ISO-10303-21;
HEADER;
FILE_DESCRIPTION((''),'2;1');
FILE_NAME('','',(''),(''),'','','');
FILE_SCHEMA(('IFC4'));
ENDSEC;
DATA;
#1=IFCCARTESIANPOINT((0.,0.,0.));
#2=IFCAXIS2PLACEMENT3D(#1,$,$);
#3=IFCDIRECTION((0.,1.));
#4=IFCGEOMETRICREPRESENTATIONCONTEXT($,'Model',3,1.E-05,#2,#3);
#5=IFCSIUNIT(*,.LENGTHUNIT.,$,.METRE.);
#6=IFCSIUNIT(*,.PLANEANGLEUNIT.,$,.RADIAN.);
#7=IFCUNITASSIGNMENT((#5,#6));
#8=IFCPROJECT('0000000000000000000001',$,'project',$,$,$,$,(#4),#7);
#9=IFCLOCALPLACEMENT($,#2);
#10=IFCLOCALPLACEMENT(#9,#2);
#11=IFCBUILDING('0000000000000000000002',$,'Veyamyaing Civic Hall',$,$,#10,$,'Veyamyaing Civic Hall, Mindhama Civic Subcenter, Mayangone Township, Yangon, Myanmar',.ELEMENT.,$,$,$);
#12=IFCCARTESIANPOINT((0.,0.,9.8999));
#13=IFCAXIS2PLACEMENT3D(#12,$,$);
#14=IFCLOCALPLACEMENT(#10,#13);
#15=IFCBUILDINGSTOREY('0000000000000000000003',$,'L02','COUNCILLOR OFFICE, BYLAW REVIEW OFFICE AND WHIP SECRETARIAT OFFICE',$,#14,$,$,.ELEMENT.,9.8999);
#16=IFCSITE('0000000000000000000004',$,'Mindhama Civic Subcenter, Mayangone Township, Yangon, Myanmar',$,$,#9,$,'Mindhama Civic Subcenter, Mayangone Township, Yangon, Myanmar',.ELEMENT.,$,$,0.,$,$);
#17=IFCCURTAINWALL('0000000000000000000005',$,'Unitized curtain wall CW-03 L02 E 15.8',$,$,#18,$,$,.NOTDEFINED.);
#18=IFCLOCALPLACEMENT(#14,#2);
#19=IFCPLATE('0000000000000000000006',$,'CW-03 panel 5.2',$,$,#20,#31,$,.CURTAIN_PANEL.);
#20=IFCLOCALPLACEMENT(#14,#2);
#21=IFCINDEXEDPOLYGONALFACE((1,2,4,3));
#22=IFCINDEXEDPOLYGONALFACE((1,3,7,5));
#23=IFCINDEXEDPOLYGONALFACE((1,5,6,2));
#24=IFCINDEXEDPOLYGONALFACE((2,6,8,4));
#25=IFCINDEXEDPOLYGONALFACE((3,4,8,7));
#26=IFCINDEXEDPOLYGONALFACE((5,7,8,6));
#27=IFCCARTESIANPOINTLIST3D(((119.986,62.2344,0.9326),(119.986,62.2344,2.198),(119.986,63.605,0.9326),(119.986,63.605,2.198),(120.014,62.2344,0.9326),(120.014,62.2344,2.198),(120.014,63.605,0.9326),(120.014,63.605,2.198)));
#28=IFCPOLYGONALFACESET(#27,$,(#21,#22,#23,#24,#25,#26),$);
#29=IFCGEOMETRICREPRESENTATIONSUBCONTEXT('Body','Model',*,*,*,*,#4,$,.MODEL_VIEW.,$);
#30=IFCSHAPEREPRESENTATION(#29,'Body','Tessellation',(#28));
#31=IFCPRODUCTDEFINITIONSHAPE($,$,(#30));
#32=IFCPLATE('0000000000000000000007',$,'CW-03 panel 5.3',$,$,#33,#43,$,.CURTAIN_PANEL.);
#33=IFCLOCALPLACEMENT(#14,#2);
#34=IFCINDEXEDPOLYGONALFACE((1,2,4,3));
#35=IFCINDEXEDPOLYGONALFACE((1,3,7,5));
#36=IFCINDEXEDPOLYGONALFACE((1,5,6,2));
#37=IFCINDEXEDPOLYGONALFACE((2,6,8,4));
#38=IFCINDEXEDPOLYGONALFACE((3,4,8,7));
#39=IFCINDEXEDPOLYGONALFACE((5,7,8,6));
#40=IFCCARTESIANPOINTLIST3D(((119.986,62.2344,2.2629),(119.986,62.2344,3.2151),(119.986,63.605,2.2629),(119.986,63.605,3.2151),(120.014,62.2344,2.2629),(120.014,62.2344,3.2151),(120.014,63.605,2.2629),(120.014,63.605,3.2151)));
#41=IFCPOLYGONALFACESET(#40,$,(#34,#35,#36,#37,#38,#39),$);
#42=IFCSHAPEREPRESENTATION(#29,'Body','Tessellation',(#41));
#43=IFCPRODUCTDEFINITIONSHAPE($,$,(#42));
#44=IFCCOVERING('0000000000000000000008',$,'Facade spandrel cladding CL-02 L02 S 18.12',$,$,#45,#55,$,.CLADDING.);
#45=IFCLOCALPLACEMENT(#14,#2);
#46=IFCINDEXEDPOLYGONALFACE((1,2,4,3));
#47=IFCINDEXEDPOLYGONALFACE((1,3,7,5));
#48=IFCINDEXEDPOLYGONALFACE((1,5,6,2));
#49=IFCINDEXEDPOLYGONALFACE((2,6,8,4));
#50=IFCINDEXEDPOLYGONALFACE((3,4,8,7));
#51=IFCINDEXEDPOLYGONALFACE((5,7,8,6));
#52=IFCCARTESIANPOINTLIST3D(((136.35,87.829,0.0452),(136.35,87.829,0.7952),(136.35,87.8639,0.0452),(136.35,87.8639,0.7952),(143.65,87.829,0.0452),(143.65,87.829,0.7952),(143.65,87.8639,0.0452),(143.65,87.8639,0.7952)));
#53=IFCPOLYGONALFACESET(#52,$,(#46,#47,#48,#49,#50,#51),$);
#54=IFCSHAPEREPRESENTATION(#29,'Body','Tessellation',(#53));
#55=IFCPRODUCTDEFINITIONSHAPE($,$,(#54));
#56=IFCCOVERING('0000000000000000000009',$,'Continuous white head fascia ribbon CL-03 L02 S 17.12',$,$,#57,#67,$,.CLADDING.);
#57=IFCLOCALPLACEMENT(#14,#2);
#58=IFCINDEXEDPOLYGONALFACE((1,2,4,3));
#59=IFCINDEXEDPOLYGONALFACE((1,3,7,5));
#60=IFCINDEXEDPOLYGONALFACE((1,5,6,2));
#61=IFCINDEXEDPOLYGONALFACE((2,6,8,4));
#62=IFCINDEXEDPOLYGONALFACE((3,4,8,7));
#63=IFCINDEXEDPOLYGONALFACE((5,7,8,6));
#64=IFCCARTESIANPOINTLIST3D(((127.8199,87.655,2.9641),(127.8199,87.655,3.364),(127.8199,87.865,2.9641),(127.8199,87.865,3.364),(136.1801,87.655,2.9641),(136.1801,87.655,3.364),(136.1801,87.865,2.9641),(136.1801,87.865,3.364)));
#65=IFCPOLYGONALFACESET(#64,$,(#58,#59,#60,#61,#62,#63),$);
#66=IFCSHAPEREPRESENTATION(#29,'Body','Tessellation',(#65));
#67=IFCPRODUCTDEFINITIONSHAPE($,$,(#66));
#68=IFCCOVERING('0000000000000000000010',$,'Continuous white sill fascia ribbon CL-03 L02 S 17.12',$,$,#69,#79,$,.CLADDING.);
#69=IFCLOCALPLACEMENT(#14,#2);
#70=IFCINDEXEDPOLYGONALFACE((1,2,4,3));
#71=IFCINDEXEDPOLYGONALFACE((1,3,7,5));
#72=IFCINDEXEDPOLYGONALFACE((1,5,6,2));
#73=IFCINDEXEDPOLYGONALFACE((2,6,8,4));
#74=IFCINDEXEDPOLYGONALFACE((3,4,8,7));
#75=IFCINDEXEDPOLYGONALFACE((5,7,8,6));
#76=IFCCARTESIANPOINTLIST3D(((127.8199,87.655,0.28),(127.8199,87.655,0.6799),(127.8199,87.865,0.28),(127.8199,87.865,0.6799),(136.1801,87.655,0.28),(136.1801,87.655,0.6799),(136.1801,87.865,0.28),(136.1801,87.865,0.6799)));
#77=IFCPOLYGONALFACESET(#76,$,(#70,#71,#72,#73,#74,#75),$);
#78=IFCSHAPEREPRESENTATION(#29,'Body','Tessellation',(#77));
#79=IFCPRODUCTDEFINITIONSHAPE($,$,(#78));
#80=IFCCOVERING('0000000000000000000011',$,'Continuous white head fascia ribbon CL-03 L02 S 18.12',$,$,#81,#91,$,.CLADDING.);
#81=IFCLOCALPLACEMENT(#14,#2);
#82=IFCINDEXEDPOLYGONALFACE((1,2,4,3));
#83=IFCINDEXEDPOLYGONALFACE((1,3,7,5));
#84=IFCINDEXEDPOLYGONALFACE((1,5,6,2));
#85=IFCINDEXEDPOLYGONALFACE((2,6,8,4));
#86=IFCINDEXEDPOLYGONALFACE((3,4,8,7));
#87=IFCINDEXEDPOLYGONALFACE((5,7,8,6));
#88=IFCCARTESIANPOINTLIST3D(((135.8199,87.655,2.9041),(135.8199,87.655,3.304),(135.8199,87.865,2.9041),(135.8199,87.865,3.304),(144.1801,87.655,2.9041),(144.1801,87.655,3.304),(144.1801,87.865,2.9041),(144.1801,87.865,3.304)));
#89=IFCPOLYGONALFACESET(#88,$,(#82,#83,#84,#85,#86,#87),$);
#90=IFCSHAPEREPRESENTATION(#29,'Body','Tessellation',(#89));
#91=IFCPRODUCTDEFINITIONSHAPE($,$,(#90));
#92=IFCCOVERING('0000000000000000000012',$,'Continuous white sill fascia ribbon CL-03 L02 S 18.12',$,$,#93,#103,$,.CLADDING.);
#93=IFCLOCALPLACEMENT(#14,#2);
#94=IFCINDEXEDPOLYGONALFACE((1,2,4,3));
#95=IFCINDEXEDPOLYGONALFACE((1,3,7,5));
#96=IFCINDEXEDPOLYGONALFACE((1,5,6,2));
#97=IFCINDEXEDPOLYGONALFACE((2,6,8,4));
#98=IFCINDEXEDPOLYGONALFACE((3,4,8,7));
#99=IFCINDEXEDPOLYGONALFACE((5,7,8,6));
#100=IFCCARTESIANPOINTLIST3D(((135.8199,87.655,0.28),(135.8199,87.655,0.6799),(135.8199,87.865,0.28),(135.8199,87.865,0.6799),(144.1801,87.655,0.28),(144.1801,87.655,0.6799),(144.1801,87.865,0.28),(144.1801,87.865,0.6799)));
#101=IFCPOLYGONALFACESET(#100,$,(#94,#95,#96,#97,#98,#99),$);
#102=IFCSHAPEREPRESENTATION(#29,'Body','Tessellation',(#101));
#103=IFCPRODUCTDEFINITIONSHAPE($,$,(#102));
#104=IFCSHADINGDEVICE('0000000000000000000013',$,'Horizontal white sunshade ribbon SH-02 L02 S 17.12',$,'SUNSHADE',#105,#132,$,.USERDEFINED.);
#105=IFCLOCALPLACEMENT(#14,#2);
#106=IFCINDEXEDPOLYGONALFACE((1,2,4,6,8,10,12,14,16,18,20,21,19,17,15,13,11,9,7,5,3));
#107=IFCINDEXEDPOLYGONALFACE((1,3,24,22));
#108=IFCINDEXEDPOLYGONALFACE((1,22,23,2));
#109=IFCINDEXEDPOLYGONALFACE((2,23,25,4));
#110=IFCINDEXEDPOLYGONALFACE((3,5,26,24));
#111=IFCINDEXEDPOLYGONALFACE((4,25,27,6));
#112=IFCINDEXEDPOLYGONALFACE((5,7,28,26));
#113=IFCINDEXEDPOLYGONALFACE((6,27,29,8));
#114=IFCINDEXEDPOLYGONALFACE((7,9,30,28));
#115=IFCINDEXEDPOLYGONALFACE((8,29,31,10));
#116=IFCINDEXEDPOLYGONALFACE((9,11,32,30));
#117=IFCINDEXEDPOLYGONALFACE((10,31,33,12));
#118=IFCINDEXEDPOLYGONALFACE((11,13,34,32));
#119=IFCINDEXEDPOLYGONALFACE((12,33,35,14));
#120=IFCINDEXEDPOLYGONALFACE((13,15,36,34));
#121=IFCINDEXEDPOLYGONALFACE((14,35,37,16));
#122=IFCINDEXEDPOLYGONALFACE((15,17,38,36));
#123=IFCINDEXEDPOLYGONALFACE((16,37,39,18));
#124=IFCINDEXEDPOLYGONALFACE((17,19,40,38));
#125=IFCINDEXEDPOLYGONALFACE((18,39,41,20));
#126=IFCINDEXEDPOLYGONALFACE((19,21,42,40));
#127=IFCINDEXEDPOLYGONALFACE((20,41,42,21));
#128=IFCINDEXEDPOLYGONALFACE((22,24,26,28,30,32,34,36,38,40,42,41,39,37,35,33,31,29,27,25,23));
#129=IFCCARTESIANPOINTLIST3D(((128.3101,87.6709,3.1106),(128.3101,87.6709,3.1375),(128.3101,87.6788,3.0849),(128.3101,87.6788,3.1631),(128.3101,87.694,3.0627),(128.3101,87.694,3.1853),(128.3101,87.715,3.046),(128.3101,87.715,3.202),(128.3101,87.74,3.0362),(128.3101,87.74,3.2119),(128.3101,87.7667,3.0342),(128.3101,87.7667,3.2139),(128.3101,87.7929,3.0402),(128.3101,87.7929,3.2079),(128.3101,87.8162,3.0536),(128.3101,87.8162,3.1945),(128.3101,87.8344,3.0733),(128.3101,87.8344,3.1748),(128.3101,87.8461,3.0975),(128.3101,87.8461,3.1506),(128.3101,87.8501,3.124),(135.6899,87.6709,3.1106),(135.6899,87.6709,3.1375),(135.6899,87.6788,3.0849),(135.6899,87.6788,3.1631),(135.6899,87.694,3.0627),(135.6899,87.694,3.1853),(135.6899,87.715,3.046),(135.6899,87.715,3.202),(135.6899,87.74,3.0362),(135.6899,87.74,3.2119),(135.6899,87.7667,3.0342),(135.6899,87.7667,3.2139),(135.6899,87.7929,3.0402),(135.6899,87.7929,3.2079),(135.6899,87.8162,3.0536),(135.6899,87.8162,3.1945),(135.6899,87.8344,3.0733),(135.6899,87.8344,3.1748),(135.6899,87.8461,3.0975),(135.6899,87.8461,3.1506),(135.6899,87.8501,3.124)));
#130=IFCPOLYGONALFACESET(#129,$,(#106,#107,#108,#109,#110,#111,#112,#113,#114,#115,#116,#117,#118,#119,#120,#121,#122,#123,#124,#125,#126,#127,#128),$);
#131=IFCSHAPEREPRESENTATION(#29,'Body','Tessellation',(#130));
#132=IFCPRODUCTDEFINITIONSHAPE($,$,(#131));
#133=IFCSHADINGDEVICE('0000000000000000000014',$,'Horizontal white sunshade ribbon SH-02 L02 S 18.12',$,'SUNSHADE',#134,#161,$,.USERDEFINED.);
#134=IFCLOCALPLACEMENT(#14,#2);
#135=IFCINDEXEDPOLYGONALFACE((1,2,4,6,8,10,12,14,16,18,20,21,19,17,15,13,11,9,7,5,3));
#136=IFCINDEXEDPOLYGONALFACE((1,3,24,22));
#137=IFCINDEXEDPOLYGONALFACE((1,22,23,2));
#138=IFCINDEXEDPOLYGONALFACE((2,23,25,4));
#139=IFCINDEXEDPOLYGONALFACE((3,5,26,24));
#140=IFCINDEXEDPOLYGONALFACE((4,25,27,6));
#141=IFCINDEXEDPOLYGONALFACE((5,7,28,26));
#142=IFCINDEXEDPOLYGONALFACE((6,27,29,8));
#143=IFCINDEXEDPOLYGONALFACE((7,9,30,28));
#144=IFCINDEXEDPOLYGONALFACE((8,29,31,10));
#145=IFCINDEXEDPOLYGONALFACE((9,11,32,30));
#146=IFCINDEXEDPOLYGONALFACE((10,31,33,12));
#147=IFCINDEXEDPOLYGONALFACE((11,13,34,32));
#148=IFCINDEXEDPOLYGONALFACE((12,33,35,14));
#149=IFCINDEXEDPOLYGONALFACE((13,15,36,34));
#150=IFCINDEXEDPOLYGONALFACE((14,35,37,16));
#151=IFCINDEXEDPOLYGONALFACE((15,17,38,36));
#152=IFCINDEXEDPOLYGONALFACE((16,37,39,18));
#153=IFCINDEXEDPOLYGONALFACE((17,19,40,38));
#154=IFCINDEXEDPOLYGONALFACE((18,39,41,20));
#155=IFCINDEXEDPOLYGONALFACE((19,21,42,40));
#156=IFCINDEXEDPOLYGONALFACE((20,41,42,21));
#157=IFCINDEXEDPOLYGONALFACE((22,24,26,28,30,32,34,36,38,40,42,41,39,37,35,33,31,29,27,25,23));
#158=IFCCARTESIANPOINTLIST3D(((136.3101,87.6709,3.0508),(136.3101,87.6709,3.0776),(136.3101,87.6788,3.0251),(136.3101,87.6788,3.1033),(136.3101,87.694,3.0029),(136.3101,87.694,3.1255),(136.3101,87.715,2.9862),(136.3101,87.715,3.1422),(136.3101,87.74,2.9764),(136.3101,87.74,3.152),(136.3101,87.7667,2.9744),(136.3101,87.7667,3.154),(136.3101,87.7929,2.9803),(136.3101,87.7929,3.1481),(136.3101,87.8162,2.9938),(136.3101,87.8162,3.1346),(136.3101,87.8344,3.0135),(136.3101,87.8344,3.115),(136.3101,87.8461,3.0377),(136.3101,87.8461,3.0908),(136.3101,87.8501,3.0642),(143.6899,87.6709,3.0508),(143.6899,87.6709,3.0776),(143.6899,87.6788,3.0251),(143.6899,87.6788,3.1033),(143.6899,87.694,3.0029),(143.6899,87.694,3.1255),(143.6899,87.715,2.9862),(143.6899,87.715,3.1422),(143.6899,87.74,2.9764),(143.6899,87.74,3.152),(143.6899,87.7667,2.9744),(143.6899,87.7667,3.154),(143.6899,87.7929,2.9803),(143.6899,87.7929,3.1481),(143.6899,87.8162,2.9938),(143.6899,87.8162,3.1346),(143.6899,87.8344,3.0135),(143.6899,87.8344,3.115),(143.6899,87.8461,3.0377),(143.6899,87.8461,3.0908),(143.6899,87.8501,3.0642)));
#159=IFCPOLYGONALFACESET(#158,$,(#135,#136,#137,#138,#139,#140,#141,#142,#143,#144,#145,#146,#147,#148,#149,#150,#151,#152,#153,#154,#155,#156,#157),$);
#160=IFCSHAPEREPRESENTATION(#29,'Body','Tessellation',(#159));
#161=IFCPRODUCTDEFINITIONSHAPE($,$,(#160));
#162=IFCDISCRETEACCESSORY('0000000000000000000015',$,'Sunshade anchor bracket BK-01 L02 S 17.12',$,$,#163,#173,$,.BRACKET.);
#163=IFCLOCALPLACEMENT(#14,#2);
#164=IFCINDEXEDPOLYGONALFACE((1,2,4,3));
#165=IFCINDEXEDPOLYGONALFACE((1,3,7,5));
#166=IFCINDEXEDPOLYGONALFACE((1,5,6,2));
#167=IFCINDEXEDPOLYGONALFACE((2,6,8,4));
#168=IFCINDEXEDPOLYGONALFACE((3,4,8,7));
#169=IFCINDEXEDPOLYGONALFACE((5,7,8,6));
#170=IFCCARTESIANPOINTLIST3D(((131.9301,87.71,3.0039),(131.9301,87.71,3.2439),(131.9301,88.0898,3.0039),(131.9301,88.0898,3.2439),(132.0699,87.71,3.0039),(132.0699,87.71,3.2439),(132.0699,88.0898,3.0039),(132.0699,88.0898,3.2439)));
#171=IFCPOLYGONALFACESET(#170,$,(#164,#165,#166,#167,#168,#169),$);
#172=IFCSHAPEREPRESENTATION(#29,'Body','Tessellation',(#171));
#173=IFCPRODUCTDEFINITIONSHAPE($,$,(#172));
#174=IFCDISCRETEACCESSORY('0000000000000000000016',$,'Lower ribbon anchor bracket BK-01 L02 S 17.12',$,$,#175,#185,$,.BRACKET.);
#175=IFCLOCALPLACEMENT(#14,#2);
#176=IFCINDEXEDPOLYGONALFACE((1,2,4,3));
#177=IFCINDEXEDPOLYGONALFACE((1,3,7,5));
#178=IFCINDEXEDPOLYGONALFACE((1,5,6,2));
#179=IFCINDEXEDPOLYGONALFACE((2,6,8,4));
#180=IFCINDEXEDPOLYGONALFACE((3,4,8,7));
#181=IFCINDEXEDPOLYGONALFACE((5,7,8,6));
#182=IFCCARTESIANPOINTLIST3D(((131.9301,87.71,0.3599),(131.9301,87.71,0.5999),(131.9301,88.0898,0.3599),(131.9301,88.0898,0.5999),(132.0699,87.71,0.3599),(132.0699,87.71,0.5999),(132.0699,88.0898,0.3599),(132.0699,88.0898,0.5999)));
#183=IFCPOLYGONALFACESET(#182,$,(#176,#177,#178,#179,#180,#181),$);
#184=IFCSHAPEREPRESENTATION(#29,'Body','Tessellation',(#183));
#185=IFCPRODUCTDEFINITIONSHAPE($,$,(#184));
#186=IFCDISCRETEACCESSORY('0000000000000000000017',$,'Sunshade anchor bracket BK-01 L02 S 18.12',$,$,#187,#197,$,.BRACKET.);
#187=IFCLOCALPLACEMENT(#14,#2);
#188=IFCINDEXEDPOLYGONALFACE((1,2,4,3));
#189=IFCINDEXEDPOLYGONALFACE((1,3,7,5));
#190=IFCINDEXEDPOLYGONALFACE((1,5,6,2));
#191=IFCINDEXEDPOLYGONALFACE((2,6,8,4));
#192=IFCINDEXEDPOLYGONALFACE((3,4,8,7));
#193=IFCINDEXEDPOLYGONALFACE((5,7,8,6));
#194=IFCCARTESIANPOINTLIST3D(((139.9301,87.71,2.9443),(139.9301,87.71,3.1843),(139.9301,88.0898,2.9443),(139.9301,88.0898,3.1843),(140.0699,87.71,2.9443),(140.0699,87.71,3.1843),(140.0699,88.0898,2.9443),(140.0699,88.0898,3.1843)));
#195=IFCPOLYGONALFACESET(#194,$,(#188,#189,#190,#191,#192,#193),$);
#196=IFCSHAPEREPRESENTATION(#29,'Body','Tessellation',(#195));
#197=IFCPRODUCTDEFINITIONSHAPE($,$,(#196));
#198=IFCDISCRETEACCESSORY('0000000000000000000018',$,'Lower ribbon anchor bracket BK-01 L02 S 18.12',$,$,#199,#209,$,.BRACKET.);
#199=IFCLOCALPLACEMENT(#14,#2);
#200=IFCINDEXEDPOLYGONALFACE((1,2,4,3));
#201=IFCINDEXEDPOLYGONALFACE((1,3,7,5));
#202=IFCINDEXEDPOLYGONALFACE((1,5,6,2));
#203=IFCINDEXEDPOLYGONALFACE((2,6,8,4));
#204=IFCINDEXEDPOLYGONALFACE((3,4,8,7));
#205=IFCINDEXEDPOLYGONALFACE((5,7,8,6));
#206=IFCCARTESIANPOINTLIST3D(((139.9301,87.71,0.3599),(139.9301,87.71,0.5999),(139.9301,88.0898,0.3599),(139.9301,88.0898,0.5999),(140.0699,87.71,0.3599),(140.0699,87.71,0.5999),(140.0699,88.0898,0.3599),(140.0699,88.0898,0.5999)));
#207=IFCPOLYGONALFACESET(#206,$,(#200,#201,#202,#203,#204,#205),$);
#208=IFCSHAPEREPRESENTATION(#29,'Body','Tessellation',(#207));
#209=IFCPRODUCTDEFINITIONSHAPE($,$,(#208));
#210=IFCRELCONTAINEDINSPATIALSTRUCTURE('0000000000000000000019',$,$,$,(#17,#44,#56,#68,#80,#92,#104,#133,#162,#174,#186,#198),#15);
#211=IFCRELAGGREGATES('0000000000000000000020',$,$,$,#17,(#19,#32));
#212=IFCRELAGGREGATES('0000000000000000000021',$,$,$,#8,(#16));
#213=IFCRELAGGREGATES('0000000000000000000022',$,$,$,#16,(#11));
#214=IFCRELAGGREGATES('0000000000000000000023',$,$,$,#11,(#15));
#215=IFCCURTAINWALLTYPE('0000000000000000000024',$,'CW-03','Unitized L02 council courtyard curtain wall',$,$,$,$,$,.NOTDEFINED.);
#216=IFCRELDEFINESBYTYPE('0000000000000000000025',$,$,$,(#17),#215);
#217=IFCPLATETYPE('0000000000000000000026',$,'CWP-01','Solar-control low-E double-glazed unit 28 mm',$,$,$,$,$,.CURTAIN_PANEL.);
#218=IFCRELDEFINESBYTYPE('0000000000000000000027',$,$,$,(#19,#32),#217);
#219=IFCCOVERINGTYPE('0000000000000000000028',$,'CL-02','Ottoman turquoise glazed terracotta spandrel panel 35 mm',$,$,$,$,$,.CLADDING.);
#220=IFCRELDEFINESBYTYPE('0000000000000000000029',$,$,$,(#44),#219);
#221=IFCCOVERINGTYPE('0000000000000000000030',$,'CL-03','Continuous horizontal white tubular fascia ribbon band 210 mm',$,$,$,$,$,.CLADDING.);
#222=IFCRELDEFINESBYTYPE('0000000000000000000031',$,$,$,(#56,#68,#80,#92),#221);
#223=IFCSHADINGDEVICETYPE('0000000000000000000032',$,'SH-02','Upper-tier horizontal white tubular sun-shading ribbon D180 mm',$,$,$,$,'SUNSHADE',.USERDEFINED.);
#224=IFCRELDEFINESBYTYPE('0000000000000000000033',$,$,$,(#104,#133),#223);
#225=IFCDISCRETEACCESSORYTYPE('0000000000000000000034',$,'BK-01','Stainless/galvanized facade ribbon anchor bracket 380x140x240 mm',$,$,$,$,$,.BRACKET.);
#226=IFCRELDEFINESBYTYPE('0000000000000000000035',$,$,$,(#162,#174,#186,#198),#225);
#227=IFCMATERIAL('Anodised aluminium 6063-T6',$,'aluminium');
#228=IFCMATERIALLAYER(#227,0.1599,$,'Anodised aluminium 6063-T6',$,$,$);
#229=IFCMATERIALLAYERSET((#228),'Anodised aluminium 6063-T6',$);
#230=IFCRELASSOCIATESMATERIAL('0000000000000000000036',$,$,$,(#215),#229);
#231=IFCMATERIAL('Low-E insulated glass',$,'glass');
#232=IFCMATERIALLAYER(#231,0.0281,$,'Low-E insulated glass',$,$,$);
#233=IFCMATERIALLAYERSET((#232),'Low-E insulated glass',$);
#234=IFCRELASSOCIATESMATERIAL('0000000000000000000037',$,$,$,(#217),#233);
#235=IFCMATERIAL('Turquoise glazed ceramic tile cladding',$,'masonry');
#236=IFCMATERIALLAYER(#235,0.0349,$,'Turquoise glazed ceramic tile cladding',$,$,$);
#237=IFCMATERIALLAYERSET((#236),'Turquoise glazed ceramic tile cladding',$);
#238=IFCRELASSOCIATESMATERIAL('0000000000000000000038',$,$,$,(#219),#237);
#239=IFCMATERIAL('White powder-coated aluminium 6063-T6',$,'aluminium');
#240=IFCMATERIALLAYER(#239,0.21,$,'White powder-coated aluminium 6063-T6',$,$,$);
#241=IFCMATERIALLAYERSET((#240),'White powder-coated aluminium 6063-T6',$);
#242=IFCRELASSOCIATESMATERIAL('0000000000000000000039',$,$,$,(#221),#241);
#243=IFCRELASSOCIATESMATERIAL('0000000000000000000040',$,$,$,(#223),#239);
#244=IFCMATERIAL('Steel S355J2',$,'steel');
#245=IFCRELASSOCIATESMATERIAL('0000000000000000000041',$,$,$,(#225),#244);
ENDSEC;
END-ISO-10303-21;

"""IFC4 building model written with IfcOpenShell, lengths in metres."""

from ifc_helpers import new_model, si_unit, direction, frame, origin, origin_2d, place, context, subcontext, project, spatial, rectangle, circle, extrude, material, layer, layer_set, material_profile, profile_set, type_object, element, aggregate, save


model = new_model("IFC4")

# Units and contexts
model_context = context("Model", 3, precision=1e-05, world=origin(), true_north=direction((0.0, 1.0)))
body_context = subcontext(model_context, "Body", "Model", "MODEL_VIEW")
ifc_project = project(units=[si_unit("LENGTHUNIT", "METRE"), si_unit("PLANEANGLEUNIT", "RADIAN")], contexts=[model_context])

# Site, building, storey
site_placement = place(None, origin())
site = spatial("IfcSite", under=ifc_project, at=site_placement, Name="Mindhama Civic Subcenter, Mayangone Township, Yangon, Myanmar", LongName="Mindhama Civic Subcenter, Mayangone Township, Yangon, Myanmar", CompositionType="ELEMENT", RefElevation=0.0)
building_placement = place(site_placement, origin())
building = spatial("IfcBuilding", under=site, at=building_placement, Name="Veyamyaing Civic Hall", LongName="Veyamyaing Civic Hall, Mindhama Civic Subcenter, Mayangone Township, Yangon, Myanmar", CompositionType="ELEMENT")
storey_placement = place(building_placement, frame((0.0, 0.0, 9.8999)))
storey = spatial("IfcBuildingStorey", under=building, at=storey_placement, Name="L02", Description="COUNCILLOR OFFICE, BYLAW REVIEW OFFICE AND WHIP SECRETARIAT OFFICE", CompositionType="ELEMENT", Elevation=9.8999)

# Curtain wall, plates
ifc_material_1 = material(Name="Anodised aluminium 6063-T6", Category="aluminium")
ifc_layer_1 = layer(ifc_material_1, 0.1599, Name="Anodised aluminium 6063-T6")
ifc_layer_set_1 = layer_set([ifc_layer_1], Name="Anodised aluminium 6063-T6")
curtain_wall_type = type_object("IfcCurtainWallType", Name="CW-03", Description="Unitized L02 council courtyard curtain wall", PredefinedType="NOTDEFINED", material=ifc_layer_set_1)
curtain_wall_placement = place(storey_placement, origin())
curtain_wall = element("IfcCurtainWall", 1, at=curtain_wall_placement, inside=storey, type_object=curtain_wall_type, Name="Unitized curtain wall CW-03 L02 E 15.8", PredefinedType="NOTDEFINED")
ifc_material_2 = material(Name="Low-E insulated glass", Category="glass")
ifc_layer_2 = layer(ifc_material_2, 0.0281, Name="Low-E insulated glass")
ifc_layer_set_2 = layer_set([ifc_layer_2], Name="Low-E insulated glass")
plate_type = type_object("IfcPlateType", Name="CWP-01", Description="Solar-control low-E double-glazed unit 28 mm", PredefinedType="CURTAIN_PANEL", material=ifc_layer_set_2)
plate_1_placement = place(storey_placement, frame((120.0, 62.9197, 0.9326), z_axis=(0.0, 0.0, 1.0), x_axis=(0.0, 1.0, 0.0)))
plate_1 = element("IfcPlate", 2, at=plate_1_placement, type_object=plate_type, Name="CW-03 panel 5.2", PredefinedType="CURTAIN_PANEL", context=body_context, shape_type="SweptSolid", body=[
    extrude(rectangle(XDim=1.3706, YDim=0.0281, at=origin_2d()), origin(), (0.0, 0.0, 1.0), 1.2654),
])
plate_2_placement = place(storey_placement, frame((120.0, 62.9197, 2.2629), z_axis=(0.0, 0.0, 1.0), x_axis=(0.0, 1.0, 0.0)))
plate_2 = element("IfcPlate", 3, at=plate_2_placement, type_object=plate_type, Name="CW-03 panel 5.3", PredefinedType="CURTAIN_PANEL", context=body_context, shape_type="SweptSolid", body=[
    extrude(rectangle(XDim=1.3706, YDim=0.0281, at=origin_2d()), origin(), (0.0, 0.0, 1.0), 0.9521),
])
aggregate(curtain_wall, [plate_1, plate_2])

# Coverings
ifc_material_3 = material(Name="Turquoise glazed ceramic tile cladding", Category="masonry")
ifc_layer_3 = layer(ifc_material_3, 0.0349, Name="Turquoise glazed ceramic tile cladding")
ifc_layer_set_3 = layer_set([ifc_layer_3], Name="Turquoise glazed ceramic tile cladding")
covering_type_1 = type_object("IfcCoveringType", Name="CL-02", Description="Ottoman turquoise glazed terracotta spandrel panel 35 mm", PredefinedType="CLADDING", material=ifc_layer_set_3)
covering_placement = place(storey_placement, frame((140.0, 87.8464, 0.0452), z_axis=(0.0, 0.0, 1.0), x_axis=(1.0, 0.0, 0.0)))
element("IfcCovering", 4, at=covering_placement, inside=storey, type_object=covering_type_1, Name="Facade spandrel cladding CL-02 L02 S 18.12", PredefinedType="CLADDING", context=body_context, shape_type="SweptSolid", body=[
    extrude(rectangle(XDim=7.3, YDim=0.0349, at=origin_2d()), origin(), (0.0, 0.0, 1.0), 0.75),
])
ifc_material_4 = material(Name="White powder-coated aluminium 6063-T6", Category="aluminium")
ifc_layer_4 = layer(ifc_material_4, 0.21, Name="White powder-coated aluminium 6063-T6")
ifc_layer_set_4 = layer_set([ifc_layer_4], Name="White powder-coated aluminium 6063-T6")
covering_type_2 = type_object("IfcCoveringType", Name="CL-03", Description="Continuous horizontal white tubular fascia ribbon band 210 mm", PredefinedType="CLADDING", material=ifc_layer_set_4)
for number, where, z_axis, x_axis, name in (
    (5, (132.0, 87.76, 2.9641), (0.0, 0.0, 1.0), (1.0, 0.0, 0.0), "Continuous white head fascia ribbon CL-03 L02 S 17.12"),
    (6, (132.0, 87.76, 0.28), (0.0, 0.0, 1.0), (1.0, 0.0, 0.0), "Continuous white sill fascia ribbon CL-03 L02 S 17.12"),
    (7, (140.0, 87.76, 2.9041), (0.0, 0.0, 1.0), (1.0, 0.0, 0.0), "Continuous white head fascia ribbon CL-03 L02 S 18.12"),
    (8, (140.0, 87.76, 0.28), (0.0, 0.0, 1.0), (1.0, 0.0, 0.0), "Continuous white sill fascia ribbon CL-03 L02 S 18.12"),
):
    element("IfcCovering", number, at=place(storey_placement, frame(where, z_axis=z_axis, x_axis=x_axis)), inside=storey, type_object=covering_type_2, Name=name, PredefinedType="CLADDING", context=body_context, shape_type="SweptSolid", body=[
        extrude(rectangle(XDim=8.3601, YDim=0.21, at=origin_2d()), origin(), (0.0, 0.0, 1.0), 0.3999),
    ])

# Shading devices
ifc_material_profile_1 = material_profile(ifc_material_4, circle(Radius=0.0901, at=origin_2d()), Name="SHADE-TUBE-180")
ifc_profile_set_1 = profile_set([ifc_material_profile_1], Name="White powder-coated aluminium 6063-T6")
shading_device_type = type_object("IfcShadingDeviceType", Name="SH-02", Description="Upper-tier horizontal white tubular sun-shading ribbon D180 mm", ElementType="SUNSHADE", PredefinedType="USERDEFINED", material=ifc_profile_set_1)
for number, where, z_axis, x_axis, name in (
    (9, (128.3101, 87.76, 3.124), (1.0, 0.0, 0.0), (0.0, 1.0, 0.0), "Horizontal white sunshade ribbon SH-02 L02 S 17.12"),
    (10, (136.3101, 87.76, 3.0642), (1.0, 0.0, 0.0), (0.0, 1.0, 0.0), "Horizontal white sunshade ribbon SH-02 L02 S 18.12"),
):
    element("IfcShadingDevice", number, at=place(storey_placement, frame(where, z_axis=z_axis, x_axis=x_axis)), inside=storey, type_object=shading_device_type, Name=name, ObjectType="SUNSHADE", PredefinedType="USERDEFINED", context=body_context, shape_type="SweptSolid", body=[
        extrude(circle(Radius=0.0901, at=origin_2d()), origin(), (0.0, 0.0, 1.0), 7.3799),
    ])

# Discrete accessories
ifc_material_5 = material(Name="Steel S355J2", Category="steel")
discrete_accessory_type = type_object("IfcDiscreteAccessoryType", Name="BK-01", Description="Stainless/galvanized facade ribbon anchor bracket 380x140x240 mm", PredefinedType="BRACKET", material=ifc_material_5)
for number, where, z_axis, x_axis, name in (
    (11, (132.0, 87.8999, 3.0039), (0.0, 0.0, 1.0), (0.0, -1.0, 0.0), "Sunshade anchor bracket BK-01 L02 S 17.12"),
    (12, (132.0, 87.8999, 0.3599), (0.0, 0.0, 1.0), (0.0, -1.0, 0.0), "Lower ribbon anchor bracket BK-01 L02 S 17.12"),
    (13, (140.0, 87.8999, 2.9443), (0.0, 0.0, 1.0), (0.0, -1.0, 0.0), "Sunshade anchor bracket BK-01 L02 S 18.12"),
    (14, (140.0, 87.8999, 0.3599), (0.0, 0.0, 1.0), (0.0, -1.0, 0.0), "Lower ribbon anchor bracket BK-01 L02 S 18.12"),
):
    element("IfcDiscreteAccessory", number, at=place(storey_placement, frame(where, z_axis=z_axis, x_axis=x_axis)), inside=storey, type_object=discrete_accessory_type, Name=name, PredefinedType="BRACKET", context=body_context, shape_type="SweptSolid", body=[
        extrude(rectangle(XDim=0.3799, YDim=0.1399, at=origin_2d()), origin(), (0.0, 0.0, 1.0), 0.24),
    ])

save(model, "model.ifc")
